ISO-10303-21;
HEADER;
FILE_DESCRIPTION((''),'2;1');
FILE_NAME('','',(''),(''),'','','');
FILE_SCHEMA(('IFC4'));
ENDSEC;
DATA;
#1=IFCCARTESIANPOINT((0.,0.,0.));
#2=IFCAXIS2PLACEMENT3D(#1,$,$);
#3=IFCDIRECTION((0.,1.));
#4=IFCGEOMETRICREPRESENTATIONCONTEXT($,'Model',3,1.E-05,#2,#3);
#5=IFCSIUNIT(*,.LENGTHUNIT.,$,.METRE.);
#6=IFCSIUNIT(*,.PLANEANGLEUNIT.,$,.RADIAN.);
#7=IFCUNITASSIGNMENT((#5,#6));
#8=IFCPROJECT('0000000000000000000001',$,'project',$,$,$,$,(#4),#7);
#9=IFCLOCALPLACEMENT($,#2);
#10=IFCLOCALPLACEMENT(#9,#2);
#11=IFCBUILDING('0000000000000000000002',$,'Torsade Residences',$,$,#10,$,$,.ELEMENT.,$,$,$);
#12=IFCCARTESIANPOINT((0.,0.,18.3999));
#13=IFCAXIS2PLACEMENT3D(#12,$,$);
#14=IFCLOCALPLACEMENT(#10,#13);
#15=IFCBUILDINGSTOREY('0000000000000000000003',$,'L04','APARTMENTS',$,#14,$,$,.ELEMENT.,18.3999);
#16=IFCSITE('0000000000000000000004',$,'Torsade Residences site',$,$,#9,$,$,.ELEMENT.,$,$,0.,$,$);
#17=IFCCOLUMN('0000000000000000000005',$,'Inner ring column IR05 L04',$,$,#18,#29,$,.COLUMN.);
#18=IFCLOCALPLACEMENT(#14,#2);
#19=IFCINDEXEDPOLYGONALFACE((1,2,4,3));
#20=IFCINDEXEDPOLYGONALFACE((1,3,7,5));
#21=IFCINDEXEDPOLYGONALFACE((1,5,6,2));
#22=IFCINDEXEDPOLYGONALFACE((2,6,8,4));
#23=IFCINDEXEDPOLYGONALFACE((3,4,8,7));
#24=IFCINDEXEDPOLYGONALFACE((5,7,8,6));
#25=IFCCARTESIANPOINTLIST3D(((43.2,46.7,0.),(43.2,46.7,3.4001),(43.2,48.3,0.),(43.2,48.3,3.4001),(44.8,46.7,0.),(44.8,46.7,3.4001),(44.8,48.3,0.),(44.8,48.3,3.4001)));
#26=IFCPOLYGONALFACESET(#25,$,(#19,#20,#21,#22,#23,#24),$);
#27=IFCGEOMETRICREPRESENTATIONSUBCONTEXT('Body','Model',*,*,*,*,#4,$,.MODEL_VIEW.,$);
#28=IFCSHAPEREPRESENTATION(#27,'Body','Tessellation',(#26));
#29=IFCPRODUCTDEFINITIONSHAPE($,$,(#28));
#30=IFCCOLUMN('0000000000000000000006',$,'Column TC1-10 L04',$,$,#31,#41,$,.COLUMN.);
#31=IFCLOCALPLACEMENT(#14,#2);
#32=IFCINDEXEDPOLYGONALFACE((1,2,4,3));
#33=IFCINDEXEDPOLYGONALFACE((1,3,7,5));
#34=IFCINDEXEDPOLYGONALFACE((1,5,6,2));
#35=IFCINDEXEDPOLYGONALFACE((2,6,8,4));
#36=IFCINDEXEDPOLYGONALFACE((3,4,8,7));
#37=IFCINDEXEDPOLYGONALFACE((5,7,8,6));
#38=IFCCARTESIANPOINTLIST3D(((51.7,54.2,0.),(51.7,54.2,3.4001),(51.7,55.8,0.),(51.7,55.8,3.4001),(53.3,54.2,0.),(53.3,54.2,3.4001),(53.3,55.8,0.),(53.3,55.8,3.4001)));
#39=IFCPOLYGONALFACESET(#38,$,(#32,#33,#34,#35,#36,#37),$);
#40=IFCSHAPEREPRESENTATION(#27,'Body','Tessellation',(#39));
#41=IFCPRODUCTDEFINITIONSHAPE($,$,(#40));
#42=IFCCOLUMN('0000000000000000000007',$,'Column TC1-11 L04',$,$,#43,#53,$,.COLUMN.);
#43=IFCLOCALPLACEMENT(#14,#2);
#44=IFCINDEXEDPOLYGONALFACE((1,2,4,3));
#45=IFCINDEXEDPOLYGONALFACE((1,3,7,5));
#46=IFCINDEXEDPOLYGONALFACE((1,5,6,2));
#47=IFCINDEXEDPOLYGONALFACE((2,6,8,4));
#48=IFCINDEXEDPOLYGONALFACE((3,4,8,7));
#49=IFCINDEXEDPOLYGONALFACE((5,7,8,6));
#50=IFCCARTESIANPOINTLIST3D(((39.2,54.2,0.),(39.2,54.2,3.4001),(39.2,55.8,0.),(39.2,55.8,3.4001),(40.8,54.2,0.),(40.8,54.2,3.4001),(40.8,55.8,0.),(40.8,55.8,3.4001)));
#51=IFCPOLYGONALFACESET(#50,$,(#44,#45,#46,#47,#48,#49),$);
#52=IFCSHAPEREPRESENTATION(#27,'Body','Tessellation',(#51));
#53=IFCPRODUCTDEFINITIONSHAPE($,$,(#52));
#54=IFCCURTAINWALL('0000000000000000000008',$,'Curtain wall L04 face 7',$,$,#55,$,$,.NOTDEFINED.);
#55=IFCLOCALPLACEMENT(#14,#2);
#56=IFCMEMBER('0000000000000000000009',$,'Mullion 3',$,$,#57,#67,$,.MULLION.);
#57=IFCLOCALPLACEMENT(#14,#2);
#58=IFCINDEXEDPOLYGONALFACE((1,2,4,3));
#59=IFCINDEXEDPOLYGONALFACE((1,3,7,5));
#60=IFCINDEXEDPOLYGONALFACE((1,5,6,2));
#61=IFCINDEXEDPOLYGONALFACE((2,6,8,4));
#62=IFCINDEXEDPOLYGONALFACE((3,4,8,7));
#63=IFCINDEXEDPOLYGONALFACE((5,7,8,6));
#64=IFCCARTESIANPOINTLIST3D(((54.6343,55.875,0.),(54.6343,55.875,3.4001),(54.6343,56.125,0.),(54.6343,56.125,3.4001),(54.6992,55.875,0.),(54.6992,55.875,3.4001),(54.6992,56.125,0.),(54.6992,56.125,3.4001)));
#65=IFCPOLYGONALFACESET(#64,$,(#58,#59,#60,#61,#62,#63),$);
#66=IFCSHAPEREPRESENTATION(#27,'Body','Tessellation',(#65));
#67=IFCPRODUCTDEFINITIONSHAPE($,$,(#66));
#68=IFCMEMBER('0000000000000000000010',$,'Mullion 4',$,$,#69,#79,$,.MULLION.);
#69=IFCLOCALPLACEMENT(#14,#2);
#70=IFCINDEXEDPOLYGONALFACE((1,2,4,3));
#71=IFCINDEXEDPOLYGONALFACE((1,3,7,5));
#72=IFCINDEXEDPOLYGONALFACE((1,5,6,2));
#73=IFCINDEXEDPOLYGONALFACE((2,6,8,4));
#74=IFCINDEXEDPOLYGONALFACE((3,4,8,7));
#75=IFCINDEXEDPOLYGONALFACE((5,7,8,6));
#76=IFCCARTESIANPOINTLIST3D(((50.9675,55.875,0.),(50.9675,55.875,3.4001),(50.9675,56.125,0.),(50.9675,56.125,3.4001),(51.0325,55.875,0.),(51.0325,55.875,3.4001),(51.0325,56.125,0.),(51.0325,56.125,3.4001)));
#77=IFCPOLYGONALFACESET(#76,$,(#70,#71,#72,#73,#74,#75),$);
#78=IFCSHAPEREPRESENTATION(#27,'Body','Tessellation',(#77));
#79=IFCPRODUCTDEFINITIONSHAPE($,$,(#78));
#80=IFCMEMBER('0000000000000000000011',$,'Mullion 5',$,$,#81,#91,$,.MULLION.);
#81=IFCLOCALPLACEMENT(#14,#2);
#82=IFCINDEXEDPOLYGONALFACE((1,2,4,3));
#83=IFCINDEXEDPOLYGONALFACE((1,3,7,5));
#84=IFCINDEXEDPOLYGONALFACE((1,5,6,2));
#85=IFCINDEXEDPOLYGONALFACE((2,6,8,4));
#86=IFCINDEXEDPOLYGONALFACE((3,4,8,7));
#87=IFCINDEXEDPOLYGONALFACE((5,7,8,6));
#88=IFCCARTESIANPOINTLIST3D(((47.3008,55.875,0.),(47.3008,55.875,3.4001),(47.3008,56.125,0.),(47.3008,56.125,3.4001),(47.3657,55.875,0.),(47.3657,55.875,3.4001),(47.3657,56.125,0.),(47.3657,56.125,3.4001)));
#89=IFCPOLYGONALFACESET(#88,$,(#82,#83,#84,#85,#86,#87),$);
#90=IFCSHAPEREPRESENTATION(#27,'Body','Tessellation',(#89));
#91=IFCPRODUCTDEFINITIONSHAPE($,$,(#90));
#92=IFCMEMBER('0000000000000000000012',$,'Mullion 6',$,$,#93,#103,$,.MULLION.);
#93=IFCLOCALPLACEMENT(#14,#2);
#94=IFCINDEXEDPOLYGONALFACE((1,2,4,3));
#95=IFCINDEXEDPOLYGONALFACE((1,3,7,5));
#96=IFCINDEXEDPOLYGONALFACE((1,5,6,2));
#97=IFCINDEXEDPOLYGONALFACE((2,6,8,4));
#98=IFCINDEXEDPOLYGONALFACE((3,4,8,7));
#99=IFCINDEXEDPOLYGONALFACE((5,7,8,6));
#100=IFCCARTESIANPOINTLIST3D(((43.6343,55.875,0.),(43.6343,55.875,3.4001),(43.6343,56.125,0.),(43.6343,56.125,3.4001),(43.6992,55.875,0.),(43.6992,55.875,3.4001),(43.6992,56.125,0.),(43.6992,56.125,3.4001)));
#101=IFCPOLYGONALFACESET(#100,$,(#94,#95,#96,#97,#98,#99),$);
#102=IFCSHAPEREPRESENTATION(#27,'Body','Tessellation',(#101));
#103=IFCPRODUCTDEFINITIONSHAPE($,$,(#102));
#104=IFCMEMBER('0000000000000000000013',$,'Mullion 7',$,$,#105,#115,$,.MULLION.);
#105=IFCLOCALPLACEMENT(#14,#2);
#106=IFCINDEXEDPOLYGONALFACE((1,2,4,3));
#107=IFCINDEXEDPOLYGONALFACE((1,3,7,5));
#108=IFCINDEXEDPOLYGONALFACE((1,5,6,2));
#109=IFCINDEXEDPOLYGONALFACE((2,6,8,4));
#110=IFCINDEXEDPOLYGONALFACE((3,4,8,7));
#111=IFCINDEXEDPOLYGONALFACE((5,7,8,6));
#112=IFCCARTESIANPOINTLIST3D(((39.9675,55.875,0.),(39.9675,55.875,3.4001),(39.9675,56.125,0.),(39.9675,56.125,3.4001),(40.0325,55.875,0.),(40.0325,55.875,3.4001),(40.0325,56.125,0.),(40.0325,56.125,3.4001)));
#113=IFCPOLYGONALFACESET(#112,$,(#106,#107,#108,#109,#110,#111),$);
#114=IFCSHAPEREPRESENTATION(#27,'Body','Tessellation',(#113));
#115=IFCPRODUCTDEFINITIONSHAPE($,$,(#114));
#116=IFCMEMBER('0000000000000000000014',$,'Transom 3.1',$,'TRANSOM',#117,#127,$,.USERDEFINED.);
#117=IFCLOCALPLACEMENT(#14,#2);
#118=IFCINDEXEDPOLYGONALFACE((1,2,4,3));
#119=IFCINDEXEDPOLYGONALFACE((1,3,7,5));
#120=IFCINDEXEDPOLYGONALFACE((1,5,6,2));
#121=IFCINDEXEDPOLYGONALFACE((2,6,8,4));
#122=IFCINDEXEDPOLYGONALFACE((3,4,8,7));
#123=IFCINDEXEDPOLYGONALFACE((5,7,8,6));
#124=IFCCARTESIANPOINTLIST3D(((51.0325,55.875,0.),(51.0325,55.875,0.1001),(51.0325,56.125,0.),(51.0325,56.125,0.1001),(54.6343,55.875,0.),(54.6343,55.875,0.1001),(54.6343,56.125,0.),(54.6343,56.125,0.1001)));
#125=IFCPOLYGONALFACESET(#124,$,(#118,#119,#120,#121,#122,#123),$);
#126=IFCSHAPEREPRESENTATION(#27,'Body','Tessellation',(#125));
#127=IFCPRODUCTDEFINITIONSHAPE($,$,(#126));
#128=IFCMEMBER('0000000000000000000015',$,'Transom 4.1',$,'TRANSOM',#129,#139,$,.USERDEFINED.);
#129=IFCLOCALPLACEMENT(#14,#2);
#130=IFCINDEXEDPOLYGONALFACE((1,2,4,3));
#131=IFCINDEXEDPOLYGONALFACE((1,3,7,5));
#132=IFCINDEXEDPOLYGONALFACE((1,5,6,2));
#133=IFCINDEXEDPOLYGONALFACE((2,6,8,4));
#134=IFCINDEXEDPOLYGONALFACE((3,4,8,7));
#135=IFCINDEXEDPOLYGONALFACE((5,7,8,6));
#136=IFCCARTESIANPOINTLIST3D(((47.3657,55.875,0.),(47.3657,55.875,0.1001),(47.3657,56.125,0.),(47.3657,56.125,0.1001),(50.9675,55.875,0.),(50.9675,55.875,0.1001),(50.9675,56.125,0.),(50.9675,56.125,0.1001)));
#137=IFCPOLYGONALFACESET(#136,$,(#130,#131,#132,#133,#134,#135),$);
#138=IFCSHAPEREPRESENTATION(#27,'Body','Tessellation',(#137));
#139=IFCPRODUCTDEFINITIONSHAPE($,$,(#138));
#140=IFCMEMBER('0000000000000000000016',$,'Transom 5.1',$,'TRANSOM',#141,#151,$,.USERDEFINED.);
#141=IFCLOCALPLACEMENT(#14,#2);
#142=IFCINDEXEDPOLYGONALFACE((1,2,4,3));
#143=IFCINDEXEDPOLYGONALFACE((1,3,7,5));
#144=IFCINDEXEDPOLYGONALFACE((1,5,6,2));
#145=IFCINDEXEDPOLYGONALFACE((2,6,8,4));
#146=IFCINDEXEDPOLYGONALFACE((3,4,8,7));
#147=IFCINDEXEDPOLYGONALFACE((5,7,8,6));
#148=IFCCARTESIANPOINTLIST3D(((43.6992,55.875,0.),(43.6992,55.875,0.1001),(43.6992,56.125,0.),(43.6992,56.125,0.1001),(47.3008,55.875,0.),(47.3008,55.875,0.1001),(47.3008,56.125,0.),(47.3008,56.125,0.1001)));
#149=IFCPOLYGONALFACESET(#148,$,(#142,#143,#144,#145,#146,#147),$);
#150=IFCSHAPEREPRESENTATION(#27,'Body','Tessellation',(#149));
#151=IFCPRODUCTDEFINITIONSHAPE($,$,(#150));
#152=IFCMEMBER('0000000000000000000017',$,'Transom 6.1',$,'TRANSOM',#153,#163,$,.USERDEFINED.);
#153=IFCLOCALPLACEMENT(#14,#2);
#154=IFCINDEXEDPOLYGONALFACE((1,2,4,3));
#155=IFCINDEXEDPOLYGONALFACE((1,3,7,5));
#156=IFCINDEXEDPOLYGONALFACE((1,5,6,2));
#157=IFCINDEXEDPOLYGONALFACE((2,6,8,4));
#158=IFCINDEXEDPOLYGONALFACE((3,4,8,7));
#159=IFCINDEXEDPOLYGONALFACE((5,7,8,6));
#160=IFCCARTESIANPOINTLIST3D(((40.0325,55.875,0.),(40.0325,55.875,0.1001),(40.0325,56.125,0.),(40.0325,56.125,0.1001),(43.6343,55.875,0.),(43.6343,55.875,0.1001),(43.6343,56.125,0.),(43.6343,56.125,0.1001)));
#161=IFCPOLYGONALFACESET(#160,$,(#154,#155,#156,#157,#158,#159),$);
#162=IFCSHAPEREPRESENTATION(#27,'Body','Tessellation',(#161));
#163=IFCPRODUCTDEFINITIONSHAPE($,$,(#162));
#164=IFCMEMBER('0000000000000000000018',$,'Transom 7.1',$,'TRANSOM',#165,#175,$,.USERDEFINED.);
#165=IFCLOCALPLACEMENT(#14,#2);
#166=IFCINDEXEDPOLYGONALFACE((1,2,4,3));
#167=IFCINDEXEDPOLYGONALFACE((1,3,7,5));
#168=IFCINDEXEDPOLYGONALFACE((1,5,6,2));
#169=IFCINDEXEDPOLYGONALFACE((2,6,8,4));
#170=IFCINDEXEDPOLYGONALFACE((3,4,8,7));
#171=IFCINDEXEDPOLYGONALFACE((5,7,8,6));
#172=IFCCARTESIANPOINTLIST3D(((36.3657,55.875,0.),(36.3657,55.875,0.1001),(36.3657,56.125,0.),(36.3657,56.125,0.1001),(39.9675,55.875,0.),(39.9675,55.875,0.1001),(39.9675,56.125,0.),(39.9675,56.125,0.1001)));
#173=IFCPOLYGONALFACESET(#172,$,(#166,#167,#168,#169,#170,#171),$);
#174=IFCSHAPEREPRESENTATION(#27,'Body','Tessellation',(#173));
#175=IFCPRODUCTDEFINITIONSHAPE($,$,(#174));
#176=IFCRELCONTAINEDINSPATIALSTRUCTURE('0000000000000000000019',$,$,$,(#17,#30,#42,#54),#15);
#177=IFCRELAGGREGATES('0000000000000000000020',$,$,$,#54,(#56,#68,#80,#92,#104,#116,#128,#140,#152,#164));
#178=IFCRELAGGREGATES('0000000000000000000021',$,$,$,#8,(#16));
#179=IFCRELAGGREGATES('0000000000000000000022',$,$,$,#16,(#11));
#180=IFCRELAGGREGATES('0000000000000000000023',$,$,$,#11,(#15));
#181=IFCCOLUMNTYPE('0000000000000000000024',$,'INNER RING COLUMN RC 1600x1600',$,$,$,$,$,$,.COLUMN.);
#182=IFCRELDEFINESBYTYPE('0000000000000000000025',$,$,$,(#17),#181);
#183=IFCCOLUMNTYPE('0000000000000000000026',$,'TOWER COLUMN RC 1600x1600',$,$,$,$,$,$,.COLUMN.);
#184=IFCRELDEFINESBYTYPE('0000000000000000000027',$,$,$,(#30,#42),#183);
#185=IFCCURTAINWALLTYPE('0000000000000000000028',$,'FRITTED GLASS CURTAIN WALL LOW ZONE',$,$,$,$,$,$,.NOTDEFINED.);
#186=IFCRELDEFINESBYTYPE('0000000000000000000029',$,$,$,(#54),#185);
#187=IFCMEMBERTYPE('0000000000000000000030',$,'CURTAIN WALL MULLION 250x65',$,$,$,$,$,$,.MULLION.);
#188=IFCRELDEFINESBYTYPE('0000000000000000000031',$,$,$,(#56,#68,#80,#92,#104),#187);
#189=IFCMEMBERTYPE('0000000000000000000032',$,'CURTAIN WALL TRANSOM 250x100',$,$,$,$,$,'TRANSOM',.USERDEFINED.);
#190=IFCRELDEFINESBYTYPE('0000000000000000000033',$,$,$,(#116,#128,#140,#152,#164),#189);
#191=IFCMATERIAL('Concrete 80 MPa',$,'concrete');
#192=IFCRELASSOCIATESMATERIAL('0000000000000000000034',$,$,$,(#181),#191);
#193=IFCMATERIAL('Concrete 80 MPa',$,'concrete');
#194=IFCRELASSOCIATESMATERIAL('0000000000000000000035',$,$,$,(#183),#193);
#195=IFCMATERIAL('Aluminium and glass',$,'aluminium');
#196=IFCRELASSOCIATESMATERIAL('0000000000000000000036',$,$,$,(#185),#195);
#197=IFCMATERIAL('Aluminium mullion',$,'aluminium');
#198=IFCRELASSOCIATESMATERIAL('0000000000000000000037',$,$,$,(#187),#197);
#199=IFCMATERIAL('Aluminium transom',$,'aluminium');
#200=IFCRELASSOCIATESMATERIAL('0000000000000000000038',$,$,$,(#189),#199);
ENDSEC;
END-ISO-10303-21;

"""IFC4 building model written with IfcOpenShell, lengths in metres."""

from ifc_helpers import new_model, si_unit, direction, frame, origin, origin_2d, place, context, subcontext, project, spatial, rectangle, extrude, material, material_profile, profile_set, type_object, element, aggregate, save


model = new_model("IFC4")

# Units and contexts
model_context = context("Model", 3, precision=1e-05, world=origin(), true_north=direction((0.0, 1.0)))
body_context = subcontext(model_context, "Body", "Model", "MODEL_VIEW")
ifc_project = project(units=[si_unit("LENGTHUNIT", "METRE"), si_unit("PLANEANGLEUNIT", "RADIAN")], contexts=[model_context])

# Site, building, storey
site_placement = place(None, origin())
site = spatial("IfcSite", under=ifc_project, at=site_placement, Name="Torsade Residences site", CompositionType="ELEMENT", RefElevation=0.0)
building_placement = place(site_placement, origin())
building = spatial("IfcBuilding", under=site, at=building_placement, Name="Torsade Residences", CompositionType="ELEMENT")
storey_placement = place(building_placement, frame((0.0, 0.0, 18.3999)))
storey = spatial("IfcBuildingStorey", under=building, at=storey_placement, Name="L04", Description="APARTMENTS", CompositionType="ELEMENT", Elevation=18.3999)

# Columns
ifc_material_1 = material(Name="Concrete 80 MPa", Category="concrete")
ifc_material_profile_1 = material_profile(ifc_material_1, rectangle(XDim=1.6001, YDim=1.6001, at=origin_2d()), Name="RC 1600x1600")
ifc_profile_set_1 = profile_set([ifc_material_profile_1], Name="Concrete 80 MPa")
column_type_1 = type_object("IfcColumnType", Name="INNER RING COLUMN RC 1600x1600", PredefinedType="COLUMN", material=ifc_profile_set_1)
column_placement = place(storey_placement, frame((44.0, 47.5, 0.0), z_axis=(0.0, 0.0, 1.0), x_axis=(1.0, 0.0, 0.0)))
element("IfcColumn", 1, at=column_placement, inside=storey, type_object=column_type_1, Name="Inner ring column IR05 L04", PredefinedType="COLUMN", context=body_context, shape_type="SweptSolid", body=[
    extrude(rectangle(XDim=1.6001, YDim=1.6001, at=origin_2d()), origin(), (0.0, 0.0, 1.0), 3.4001),
])
ifc_material_2 = material(Name="Concrete 80 MPa", Category="concrete")
ifc_material_profile_2 = material_profile(ifc_material_2, rectangle(XDim=1.6001, YDim=1.6001, at=origin_2d()), Name="RC 1600x1600")
ifc_profile_set_2 = profile_set([ifc_material_profile_2], Name="Concrete 80 MPa")
column_type_2 = type_object("IfcColumnType", Name="TOWER COLUMN RC 1600x1600", PredefinedType="COLUMN", material=ifc_profile_set_2)
for number, where, z_axis, x_axis, name in (
    (2, (52.5, 55.0, 0.0), (0.0, 0.0, 1.0), (1.0, 0.0, 0.0), "Column TC1-10 L04"),
    (3, (40.0, 55.0, 0.0), (0.0, 0.0, 1.0), (1.0, 0.0, 0.0), "Column TC1-11 L04"),
):
    element("IfcColumn", number, at=place(storey_placement, frame(where, z_axis=z_axis, x_axis=x_axis)), inside=storey, type_object=column_type_2, Name=name, PredefinedType="COLUMN", context=body_context, shape_type="SweptSolid", body=[
        extrude(rectangle(XDim=1.6001, YDim=1.6001, at=origin_2d()), origin(), (0.0, 0.0, 1.0), 3.4001),
    ])

# Curtain wall, members
ifc_material_3 = material(Name="Aluminium and glass", Category="aluminium")
curtain_wall_type = type_object("IfcCurtainWallType", Name="FRITTED GLASS CURTAIN WALL LOW ZONE", PredefinedType="NOTDEFINED", material=ifc_material_3)
curtain_wall_placement = place(storey_placement, origin())
curtain_wall = element("IfcCurtainWall", 4, at=curtain_wall_placement, inside=storey, type_object=curtain_wall_type, Name="Curtain wall L04 face 7", PredefinedType="NOTDEFINED")
ifc_material_4 = material(Name="Aluminium mullion", Category="aluminium")
ifc_material_profile_3 = material_profile(ifc_material_4, rectangle(XDim=0.25, YDim=0.0649, at=origin_2d()), Name="CURTAIN WALL MULLION 250x65")
ifc_profile_set_3 = profile_set([ifc_material_profile_3], Name="Aluminium mullion")
member_type_1 = type_object("IfcMemberType", Name="CURTAIN WALL MULLION 250x65", PredefinedType="MULLION", material=ifc_profile_set_3)
member_1_placement = place(storey_placement, frame((54.6667, 56.0, 0.0), z_axis=(0.0, 0.0, 1.0), x_axis=(0.0, -1.0, 0.0)))
member_1 = element("IfcMember", 5, at=member_1_placement, type_object=member_type_1, Name="Mullion 3", PredefinedType="MULLION", context=body_context, shape_type="SweptSolid", body=[
    extrude(rectangle(XDim=0.25, YDim=0.0649, at=origin_2d()), origin(), (0.0, 0.0, 1.0), 3.4001),
])
member_2_placement = place(storey_placement, frame((51.0, 56.0, 0.0), z_axis=(0.0, 0.0, 1.0), x_axis=(0.0, -1.0, 0.0)))
member_2 = element("IfcMember", 6, at=member_2_placement, type_object=member_type_1, Name="Mullion 4", PredefinedType="MULLION", context=body_context, shape_type="SweptSolid", body=[
    extrude(rectangle(XDim=0.25, YDim=0.0649, at=origin_2d()), origin(), (0.0, 0.0, 1.0), 3.4001),
])
member_3_placement = place(storey_placement, frame((47.3333, 56.0, 0.0), z_axis=(0.0, 0.0, 1.0), x_axis=(0.0, -1.0, 0.0)))
member_3 = element("IfcMember", 7, at=member_3_placement, type_object=member_type_1, Name="Mullion 5", PredefinedType="MULLION", context=body_context, shape_type="SweptSolid", body=[
    extrude(rectangle(XDim=0.25, YDim=0.0649, at=origin_2d()), origin(), (0.0, 0.0, 1.0), 3.4001),
])
member_4_placement = place(storey_placement, frame((43.6667, 56.0, 0.0), z_axis=(0.0, 0.0, 1.0), x_axis=(0.0, -1.0, 0.0)))
member_4 = element("IfcMember", 8, at=member_4_placement, type_object=member_type_1, Name="Mullion 6", PredefinedType="MULLION", context=body_context, shape_type="SweptSolid", body=[
    extrude(rectangle(XDim=0.25, YDim=0.0649, at=origin_2d()), origin(), (0.0, 0.0, 1.0), 3.4001),
])
member_5_placement = place(storey_placement, frame((40.0, 56.0, 0.0), z_axis=(0.0, 0.0, 1.0), x_axis=(0.0, -1.0, 0.0)))
member_5 = element("IfcMember", 9, at=member_5_placement, type_object=member_type_1, Name="Mullion 7", PredefinedType="MULLION", context=body_context, shape_type="SweptSolid", body=[
    extrude(rectangle(XDim=0.25, YDim=0.0649, at=origin_2d()), origin(), (0.0, 0.0, 1.0), 3.4001),
])
ifc_material_5 = material(Name="Aluminium transom", Category="aluminium")
ifc_material_profile_4 = material_profile(ifc_material_5, rectangle(XDim=0.25, YDim=0.1001, at=origin_2d()), Name="CURTAIN WALL TRANSOM 250x100")
ifc_profile_set_4 = profile_set([ifc_material_profile_4], Name="Aluminium transom")
member_type_2 = type_object("IfcMemberType", Name="CURTAIN WALL TRANSOM 250x100", ElementType="TRANSOM", PredefinedType="USERDEFINED", material=ifc_profile_set_4)
member_6_placement = place(storey_placement, frame((54.6343, 56.0, 0.05), z_axis=(-1.0, 0.0, 0.0), x_axis=(0.0, -1.0, 0.0)))
member_6 = element("IfcMember", 10, at=member_6_placement, type_object=member_type_2, Name="Transom 3.1", ObjectType="TRANSOM", PredefinedType="USERDEFINED", context=body_context, shape_type="SweptSolid", body=[
    extrude(rectangle(XDim=0.25, YDim=0.1001, at=origin_2d()), origin(), (0.0, 0.0, 1.0), 3.6018),
])
member_7_placement = place(storey_placement, frame((50.9675, 56.0, 0.05), z_axis=(-1.0, 0.0, 0.0), x_axis=(0.0, -1.0, 0.0)))
member_7 = element("IfcMember", 11, at=member_7_placement, type_object=member_type_2, Name="Transom 4.1", ObjectType="TRANSOM", PredefinedType="USERDEFINED", context=body_context, shape_type="SweptSolid", body=[
    extrude(rectangle(XDim=0.25, YDim=0.1001, at=origin_2d()), origin(), (0.0, 0.0, 1.0), 3.6018),
])
member_8_placement = place(storey_placement, frame((47.3008, 56.0, 0.05), z_axis=(-1.0, 0.0, 0.0), x_axis=(0.0, -1.0, 0.0)))
member_8 = element("IfcMember", 12, at=member_8_placement, type_object=member_type_2, Name="Transom 5.1", ObjectType="TRANSOM", PredefinedType="USERDEFINED", context=body_context, shape_type="SweptSolid", body=[
    extrude(rectangle(XDim=0.25, YDim=0.1001, at=origin_2d()), origin(), (0.0, 0.0, 1.0), 3.6016),
])
member_9_placement = place(storey_placement, frame((43.6343, 56.0, 0.05), z_axis=(-1.0, 0.0, 0.0), x_axis=(0.0, -1.0, 0.0)))
member_9 = element("IfcMember", 13, at=member_9_placement, type_object=member_type_2, Name="Transom 6.1", ObjectType="TRANSOM", PredefinedType="USERDEFINED", context=body_context, shape_type="SweptSolid", body=[
    extrude(rectangle(XDim=0.25, YDim=0.1001, at=origin_2d()), origin(), (0.0, 0.0, 1.0), 3.6018),
])
member_10_placement = place(storey_placement, frame((39.9675, 56.0, 0.05), z_axis=(-1.0, 0.0, 0.0), x_axis=(0.0, -1.0, 0.0)))
member_10 = element("IfcMember", 14, at=member_10_placement, type_object=member_type_2, Name="Transom 7.1", ObjectType="TRANSOM", PredefinedType="USERDEFINED", context=body_context, shape_type="SweptSolid", body=[
    extrude(rectangle(XDim=0.25, YDim=0.1001, at=origin_2d()), origin(), (0.0, 0.0, 1.0), 3.6018),
])

aggregate(curtain_wall, [member_1, member_2, member_3, member_4, member_5, member_6, member_7, member_8, member_9, member_10])

save(model, "model.ifc")
